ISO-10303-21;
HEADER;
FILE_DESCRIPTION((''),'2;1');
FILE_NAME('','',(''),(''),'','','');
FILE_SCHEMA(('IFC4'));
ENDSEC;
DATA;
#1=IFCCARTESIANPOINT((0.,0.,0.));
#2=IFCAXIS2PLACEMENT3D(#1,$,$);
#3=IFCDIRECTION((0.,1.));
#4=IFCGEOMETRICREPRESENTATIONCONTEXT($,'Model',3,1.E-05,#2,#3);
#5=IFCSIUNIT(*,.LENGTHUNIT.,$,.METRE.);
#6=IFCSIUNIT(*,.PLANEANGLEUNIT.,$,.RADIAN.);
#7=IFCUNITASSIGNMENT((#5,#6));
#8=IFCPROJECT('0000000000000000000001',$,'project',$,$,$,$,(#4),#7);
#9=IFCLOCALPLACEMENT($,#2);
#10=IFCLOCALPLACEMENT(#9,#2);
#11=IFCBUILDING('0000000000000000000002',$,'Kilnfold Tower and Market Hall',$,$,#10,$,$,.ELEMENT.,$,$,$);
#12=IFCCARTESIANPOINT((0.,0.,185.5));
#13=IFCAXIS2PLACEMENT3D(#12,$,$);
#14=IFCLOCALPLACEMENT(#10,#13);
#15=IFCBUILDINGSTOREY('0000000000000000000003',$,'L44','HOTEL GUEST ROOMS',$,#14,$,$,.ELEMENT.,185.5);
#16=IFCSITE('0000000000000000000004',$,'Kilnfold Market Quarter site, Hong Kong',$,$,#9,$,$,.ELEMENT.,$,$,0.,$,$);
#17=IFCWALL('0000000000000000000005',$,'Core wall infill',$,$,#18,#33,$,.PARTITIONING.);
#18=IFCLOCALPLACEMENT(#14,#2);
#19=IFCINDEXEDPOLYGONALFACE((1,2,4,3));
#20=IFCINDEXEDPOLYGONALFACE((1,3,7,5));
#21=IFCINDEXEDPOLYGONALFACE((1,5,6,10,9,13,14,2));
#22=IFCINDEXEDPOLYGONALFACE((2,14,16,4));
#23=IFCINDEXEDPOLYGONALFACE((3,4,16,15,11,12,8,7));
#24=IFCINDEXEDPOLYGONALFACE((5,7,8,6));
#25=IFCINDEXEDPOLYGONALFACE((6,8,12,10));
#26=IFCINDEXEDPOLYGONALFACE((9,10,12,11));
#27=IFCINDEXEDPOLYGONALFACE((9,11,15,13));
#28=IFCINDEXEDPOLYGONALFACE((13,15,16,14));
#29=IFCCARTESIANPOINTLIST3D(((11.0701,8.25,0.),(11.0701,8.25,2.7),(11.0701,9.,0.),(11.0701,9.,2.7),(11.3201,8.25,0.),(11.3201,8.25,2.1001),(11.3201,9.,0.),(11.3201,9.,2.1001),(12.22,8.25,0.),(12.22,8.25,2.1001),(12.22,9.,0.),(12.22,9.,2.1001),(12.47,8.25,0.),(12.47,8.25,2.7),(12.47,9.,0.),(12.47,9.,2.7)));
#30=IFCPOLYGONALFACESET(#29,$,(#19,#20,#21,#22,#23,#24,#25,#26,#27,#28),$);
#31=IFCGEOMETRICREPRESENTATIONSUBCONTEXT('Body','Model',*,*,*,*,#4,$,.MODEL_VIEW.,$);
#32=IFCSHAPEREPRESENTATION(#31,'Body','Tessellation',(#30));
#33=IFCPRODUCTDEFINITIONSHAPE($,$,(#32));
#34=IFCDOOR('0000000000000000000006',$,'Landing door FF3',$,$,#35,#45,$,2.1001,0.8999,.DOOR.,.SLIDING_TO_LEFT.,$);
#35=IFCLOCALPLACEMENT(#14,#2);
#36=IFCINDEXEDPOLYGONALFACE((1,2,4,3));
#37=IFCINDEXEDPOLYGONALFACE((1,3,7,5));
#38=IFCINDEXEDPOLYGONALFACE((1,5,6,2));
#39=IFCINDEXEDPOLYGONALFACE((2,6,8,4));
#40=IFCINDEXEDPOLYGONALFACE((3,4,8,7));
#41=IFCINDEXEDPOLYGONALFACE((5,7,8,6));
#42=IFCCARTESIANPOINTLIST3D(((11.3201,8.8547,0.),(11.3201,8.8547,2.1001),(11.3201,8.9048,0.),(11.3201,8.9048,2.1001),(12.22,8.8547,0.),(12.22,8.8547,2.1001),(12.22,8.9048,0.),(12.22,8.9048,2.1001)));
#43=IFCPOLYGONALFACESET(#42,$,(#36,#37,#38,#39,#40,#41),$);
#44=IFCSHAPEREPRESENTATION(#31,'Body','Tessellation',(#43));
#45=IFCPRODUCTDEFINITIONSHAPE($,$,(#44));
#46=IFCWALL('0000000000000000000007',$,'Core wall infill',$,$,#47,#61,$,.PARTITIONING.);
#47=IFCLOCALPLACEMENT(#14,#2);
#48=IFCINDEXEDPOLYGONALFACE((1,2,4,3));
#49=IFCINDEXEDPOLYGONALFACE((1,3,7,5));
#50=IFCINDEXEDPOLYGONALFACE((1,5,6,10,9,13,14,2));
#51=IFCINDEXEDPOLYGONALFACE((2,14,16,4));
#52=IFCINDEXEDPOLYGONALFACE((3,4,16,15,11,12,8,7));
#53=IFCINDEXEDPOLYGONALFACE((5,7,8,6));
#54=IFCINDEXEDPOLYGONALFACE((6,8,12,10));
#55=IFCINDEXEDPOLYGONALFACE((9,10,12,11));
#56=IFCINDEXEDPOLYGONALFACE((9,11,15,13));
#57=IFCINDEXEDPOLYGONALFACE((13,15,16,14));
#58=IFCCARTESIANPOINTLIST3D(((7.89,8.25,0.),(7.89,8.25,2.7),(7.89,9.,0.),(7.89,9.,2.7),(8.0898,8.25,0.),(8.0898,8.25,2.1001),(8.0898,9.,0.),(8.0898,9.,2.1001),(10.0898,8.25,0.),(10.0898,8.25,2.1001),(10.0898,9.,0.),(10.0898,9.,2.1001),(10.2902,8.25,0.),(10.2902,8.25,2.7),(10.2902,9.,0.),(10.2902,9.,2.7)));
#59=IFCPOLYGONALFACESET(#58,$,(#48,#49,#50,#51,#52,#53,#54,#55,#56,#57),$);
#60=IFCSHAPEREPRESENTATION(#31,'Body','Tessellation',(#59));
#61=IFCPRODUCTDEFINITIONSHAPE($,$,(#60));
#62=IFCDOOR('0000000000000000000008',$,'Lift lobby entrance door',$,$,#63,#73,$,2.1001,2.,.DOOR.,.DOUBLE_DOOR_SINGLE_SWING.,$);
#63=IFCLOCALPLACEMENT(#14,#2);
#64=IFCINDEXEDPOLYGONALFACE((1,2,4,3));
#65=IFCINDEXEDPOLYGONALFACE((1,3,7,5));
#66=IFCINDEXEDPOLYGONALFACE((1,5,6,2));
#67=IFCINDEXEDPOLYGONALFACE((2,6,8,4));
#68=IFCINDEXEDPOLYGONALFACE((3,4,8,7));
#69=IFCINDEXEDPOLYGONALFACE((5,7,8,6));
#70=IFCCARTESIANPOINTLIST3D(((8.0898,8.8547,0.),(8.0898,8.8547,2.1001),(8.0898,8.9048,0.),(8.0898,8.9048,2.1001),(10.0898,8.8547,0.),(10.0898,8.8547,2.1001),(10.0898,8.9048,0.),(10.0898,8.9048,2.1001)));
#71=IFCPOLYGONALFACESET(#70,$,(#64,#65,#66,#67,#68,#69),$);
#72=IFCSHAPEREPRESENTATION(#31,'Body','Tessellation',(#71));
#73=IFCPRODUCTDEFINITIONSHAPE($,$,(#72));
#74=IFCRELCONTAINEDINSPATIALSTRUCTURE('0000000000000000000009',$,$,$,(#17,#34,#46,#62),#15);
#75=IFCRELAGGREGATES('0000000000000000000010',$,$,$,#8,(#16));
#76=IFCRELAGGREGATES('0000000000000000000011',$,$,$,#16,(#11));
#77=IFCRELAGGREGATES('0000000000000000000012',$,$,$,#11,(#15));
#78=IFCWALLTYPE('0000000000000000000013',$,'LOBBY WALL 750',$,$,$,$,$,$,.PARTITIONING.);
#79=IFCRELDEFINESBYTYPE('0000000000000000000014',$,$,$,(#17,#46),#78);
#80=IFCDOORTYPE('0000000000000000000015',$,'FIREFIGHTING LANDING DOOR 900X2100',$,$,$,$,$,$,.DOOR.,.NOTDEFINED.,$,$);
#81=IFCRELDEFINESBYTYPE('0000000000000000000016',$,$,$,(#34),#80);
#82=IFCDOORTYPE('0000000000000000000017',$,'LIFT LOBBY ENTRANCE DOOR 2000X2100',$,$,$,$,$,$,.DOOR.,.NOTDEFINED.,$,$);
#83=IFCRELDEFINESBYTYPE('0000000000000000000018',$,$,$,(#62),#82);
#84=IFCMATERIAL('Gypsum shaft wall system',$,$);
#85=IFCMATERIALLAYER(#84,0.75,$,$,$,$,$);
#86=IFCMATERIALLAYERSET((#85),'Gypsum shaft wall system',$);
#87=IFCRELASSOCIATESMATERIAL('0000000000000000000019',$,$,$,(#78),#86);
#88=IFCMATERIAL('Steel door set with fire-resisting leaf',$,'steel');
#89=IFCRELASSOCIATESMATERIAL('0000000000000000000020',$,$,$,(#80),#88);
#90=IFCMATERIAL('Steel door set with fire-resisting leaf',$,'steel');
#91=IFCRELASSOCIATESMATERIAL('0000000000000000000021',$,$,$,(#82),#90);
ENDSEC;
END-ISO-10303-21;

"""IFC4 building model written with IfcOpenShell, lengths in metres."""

from ifc_helpers import new_model, si_unit, direction, frame, frame_2d, origin, place, context, subcontext, project, spatial, rectangle, extrude, source, transform, mapped, material, layer, layer_set, type_object, element, fill, save


model = new_model("IFC4")

# Units and contexts
model_context = context("Model", 3, precision=1e-05, world=origin(), true_north=direction((0.0, 1.0)))
body_context = subcontext(model_context, "Body", "Model", "MODEL_VIEW")
ifc_project = project(units=[si_unit("LENGTHUNIT", "METRE"), si_unit("PLANEANGLEUNIT", "RADIAN")], contexts=[model_context])

# Site, building, storey
site_placement = place(None, origin())
site = spatial("IfcSite", under=ifc_project, at=site_placement, Name="Kilnfold Market Quarter site, Hong Kong", CompositionType="ELEMENT", RefElevation=0.0)
building_placement = place(site_placement, origin())
building = spatial("IfcBuilding", under=site, at=building_placement, Name="Kilnfold Tower and Market Hall", CompositionType="ELEMENT")
storey_placement = place(building_placement, frame((0.0, 0.0, 185.5)))
storey = spatial("IfcBuildingStorey", under=building, at=storey_placement, Name="L44", Description="HOTEL GUEST ROOMS", CompositionType="ELEMENT", Elevation=185.5)

# Walls, openings, doors
ifc_material_1 = material(Name="Gypsum shaft wall system")
ifc_layer_1 = layer(ifc_material_1, 0.75)
ifc_layer_set_1 = layer_set([ifc_layer_1], Name="Gypsum shaft wall system")
wall_type_1 = type_object("IfcWallType", Name="LOBBY WALL 750", PredefinedType="PARTITIONING", material=ifc_layer_set_1)
shared_shape_1 = source(origin(), body_context, "Body", "SweptSolid", [
    extrude(rectangle(XDim=1.3999, YDim=0.75, at=frame_2d((0.7, 0.0))), origin(), (0.0, 0.0, 1.0), 2.7),
])
wall_1_placement = place(storey_placement, frame((11.0701, 8.625, 0.0), z_axis=(0.0, 0.0, 1.0), x_axis=(1.0, 0.0, 0.0)))
wall_1 = element("IfcWall", 1, at=wall_1_placement, inside=storey, type_object=wall_type_1, Name="Core wall infill", PredefinedType="PARTITIONING", context=body_context, shape_type="MappedRepresentation", body=[
    mapped(shared_shape_1, transform((0.0, 0.0, 0.0))),
])
opening_1_placement = place(wall_1_placement, frame((0.25, 0.0, 0.0)))
opening_1 = element("IfcOpeningElement", 2, at=opening_1_placement, cuts=wall_1, PredefinedType="OPENING", context=body_context, shape_type="SweptSolid", body=[
    extrude(rectangle(XDim=0.8999, YDim=2.1001, at=frame_2d((0.45, 1.05))), frame((0.0, 0.385, 0.0), z_axis=(0.0, -1.0, 0.0), x_axis=(1.0, 0.0, 0.0)), (0.0, 0.0, 1.0), 0.77),
])
ifc_material_2 = material(Name="Steel door set with fire-resisting leaf", Category="steel")
door_type_1 = type_object("IfcDoorType", Name="FIREFIGHTING LANDING DOOR 900X2100", OperationType="NOTDEFINED", PredefinedType="DOOR", material=ifc_material_2)
door_1_placement = place(opening_1_placement, origin())
door_1 = element("IfcDoor", 3, at=door_1_placement, inside=storey, type_object=door_type_1, Name="Landing door FF3", OperationType="SLIDING_TO_LEFT", OverallHeight=2.1001, OverallWidth=0.8999, PredefinedType="DOOR", context=body_context, shape_type="SweptSolid", body=[
    extrude(rectangle(XDim=0.8999, YDim=2.1001, at=frame_2d((0.45, 1.05))), frame((0.0, 0.2798, 0.0), z_axis=(0.0, -1.0, 0.0), x_axis=(1.0, 0.0, 0.0)), (0.0, 0.0, 1.0), 0.05),
])
fill(opening_1, door_1)
shared_shape_2 = source(origin(), body_context, "Body", "SweptSolid", [
    extrude(rectangle(XDim=2.4001, YDim=0.75, at=frame_2d((1.2002, 0.0))), origin(), (0.0, 0.0, 1.0), 2.7),
])
wall_2_placement = place(storey_placement, frame((7.8899, 8.625, 0.0), z_axis=(0.0, 0.0, 1.0), x_axis=(1.0, 0.0, 0.0)))
wall_2 = element("IfcWall", 4, at=wall_2_placement, inside=storey, type_object=wall_type_1, Name="Core wall infill", PredefinedType="PARTITIONING", context=body_context, shape_type="MappedRepresentation", body=[
    mapped(shared_shape_2, transform((0.0, 0.0, 0.0))),
])
opening_2_placement = place(wall_2_placement, frame((0.2, 0.0, 0.0)))
opening_2 = element("IfcOpeningElement", 5, at=opening_2_placement, cuts=wall_2, PredefinedType="OPENING", context=body_context, shape_type="SweptSolid", body=[
    extrude(rectangle(XDim=2.0, YDim=2.1001, at=frame_2d((1.0, 1.05))), frame((0.0, 0.385, 0.0), z_axis=(0.0, -1.0, 0.0), x_axis=(1.0, 0.0, 0.0)), (0.0, 0.0, 1.0), 0.77),
])
ifc_material_3 = material(Name="Steel door set with fire-resisting leaf", Category="steel")
door_type_2 = type_object("IfcDoorType", Name="LIFT LOBBY ENTRANCE DOOR 2000X2100", OperationType="NOTDEFINED", PredefinedType="DOOR", material=ifc_material_3)
door_2_placement = place(opening_2_placement, origin())
door_2 = element("IfcDoor", 6, at=door_2_placement, inside=storey, type_object=door_type_2, Name="Lift lobby entrance door", OperationType="DOUBLE_DOOR_SINGLE_SWING", OverallHeight=2.1001, OverallWidth=2.0, PredefinedType="DOOR", context=body_context, shape_type="SweptSolid", body=[
    extrude(rectangle(XDim=2.0, YDim=2.1001, at=frame_2d((1.0, 1.05))), frame((0.0, 0.2798, 0.0), z_axis=(0.0, -1.0, 0.0), x_axis=(1.0, 0.0, 0.0)), (0.0, 0.0, 1.0), 0.05),
])
fill(opening_2, door_2)

save(model, "model.ifc")
